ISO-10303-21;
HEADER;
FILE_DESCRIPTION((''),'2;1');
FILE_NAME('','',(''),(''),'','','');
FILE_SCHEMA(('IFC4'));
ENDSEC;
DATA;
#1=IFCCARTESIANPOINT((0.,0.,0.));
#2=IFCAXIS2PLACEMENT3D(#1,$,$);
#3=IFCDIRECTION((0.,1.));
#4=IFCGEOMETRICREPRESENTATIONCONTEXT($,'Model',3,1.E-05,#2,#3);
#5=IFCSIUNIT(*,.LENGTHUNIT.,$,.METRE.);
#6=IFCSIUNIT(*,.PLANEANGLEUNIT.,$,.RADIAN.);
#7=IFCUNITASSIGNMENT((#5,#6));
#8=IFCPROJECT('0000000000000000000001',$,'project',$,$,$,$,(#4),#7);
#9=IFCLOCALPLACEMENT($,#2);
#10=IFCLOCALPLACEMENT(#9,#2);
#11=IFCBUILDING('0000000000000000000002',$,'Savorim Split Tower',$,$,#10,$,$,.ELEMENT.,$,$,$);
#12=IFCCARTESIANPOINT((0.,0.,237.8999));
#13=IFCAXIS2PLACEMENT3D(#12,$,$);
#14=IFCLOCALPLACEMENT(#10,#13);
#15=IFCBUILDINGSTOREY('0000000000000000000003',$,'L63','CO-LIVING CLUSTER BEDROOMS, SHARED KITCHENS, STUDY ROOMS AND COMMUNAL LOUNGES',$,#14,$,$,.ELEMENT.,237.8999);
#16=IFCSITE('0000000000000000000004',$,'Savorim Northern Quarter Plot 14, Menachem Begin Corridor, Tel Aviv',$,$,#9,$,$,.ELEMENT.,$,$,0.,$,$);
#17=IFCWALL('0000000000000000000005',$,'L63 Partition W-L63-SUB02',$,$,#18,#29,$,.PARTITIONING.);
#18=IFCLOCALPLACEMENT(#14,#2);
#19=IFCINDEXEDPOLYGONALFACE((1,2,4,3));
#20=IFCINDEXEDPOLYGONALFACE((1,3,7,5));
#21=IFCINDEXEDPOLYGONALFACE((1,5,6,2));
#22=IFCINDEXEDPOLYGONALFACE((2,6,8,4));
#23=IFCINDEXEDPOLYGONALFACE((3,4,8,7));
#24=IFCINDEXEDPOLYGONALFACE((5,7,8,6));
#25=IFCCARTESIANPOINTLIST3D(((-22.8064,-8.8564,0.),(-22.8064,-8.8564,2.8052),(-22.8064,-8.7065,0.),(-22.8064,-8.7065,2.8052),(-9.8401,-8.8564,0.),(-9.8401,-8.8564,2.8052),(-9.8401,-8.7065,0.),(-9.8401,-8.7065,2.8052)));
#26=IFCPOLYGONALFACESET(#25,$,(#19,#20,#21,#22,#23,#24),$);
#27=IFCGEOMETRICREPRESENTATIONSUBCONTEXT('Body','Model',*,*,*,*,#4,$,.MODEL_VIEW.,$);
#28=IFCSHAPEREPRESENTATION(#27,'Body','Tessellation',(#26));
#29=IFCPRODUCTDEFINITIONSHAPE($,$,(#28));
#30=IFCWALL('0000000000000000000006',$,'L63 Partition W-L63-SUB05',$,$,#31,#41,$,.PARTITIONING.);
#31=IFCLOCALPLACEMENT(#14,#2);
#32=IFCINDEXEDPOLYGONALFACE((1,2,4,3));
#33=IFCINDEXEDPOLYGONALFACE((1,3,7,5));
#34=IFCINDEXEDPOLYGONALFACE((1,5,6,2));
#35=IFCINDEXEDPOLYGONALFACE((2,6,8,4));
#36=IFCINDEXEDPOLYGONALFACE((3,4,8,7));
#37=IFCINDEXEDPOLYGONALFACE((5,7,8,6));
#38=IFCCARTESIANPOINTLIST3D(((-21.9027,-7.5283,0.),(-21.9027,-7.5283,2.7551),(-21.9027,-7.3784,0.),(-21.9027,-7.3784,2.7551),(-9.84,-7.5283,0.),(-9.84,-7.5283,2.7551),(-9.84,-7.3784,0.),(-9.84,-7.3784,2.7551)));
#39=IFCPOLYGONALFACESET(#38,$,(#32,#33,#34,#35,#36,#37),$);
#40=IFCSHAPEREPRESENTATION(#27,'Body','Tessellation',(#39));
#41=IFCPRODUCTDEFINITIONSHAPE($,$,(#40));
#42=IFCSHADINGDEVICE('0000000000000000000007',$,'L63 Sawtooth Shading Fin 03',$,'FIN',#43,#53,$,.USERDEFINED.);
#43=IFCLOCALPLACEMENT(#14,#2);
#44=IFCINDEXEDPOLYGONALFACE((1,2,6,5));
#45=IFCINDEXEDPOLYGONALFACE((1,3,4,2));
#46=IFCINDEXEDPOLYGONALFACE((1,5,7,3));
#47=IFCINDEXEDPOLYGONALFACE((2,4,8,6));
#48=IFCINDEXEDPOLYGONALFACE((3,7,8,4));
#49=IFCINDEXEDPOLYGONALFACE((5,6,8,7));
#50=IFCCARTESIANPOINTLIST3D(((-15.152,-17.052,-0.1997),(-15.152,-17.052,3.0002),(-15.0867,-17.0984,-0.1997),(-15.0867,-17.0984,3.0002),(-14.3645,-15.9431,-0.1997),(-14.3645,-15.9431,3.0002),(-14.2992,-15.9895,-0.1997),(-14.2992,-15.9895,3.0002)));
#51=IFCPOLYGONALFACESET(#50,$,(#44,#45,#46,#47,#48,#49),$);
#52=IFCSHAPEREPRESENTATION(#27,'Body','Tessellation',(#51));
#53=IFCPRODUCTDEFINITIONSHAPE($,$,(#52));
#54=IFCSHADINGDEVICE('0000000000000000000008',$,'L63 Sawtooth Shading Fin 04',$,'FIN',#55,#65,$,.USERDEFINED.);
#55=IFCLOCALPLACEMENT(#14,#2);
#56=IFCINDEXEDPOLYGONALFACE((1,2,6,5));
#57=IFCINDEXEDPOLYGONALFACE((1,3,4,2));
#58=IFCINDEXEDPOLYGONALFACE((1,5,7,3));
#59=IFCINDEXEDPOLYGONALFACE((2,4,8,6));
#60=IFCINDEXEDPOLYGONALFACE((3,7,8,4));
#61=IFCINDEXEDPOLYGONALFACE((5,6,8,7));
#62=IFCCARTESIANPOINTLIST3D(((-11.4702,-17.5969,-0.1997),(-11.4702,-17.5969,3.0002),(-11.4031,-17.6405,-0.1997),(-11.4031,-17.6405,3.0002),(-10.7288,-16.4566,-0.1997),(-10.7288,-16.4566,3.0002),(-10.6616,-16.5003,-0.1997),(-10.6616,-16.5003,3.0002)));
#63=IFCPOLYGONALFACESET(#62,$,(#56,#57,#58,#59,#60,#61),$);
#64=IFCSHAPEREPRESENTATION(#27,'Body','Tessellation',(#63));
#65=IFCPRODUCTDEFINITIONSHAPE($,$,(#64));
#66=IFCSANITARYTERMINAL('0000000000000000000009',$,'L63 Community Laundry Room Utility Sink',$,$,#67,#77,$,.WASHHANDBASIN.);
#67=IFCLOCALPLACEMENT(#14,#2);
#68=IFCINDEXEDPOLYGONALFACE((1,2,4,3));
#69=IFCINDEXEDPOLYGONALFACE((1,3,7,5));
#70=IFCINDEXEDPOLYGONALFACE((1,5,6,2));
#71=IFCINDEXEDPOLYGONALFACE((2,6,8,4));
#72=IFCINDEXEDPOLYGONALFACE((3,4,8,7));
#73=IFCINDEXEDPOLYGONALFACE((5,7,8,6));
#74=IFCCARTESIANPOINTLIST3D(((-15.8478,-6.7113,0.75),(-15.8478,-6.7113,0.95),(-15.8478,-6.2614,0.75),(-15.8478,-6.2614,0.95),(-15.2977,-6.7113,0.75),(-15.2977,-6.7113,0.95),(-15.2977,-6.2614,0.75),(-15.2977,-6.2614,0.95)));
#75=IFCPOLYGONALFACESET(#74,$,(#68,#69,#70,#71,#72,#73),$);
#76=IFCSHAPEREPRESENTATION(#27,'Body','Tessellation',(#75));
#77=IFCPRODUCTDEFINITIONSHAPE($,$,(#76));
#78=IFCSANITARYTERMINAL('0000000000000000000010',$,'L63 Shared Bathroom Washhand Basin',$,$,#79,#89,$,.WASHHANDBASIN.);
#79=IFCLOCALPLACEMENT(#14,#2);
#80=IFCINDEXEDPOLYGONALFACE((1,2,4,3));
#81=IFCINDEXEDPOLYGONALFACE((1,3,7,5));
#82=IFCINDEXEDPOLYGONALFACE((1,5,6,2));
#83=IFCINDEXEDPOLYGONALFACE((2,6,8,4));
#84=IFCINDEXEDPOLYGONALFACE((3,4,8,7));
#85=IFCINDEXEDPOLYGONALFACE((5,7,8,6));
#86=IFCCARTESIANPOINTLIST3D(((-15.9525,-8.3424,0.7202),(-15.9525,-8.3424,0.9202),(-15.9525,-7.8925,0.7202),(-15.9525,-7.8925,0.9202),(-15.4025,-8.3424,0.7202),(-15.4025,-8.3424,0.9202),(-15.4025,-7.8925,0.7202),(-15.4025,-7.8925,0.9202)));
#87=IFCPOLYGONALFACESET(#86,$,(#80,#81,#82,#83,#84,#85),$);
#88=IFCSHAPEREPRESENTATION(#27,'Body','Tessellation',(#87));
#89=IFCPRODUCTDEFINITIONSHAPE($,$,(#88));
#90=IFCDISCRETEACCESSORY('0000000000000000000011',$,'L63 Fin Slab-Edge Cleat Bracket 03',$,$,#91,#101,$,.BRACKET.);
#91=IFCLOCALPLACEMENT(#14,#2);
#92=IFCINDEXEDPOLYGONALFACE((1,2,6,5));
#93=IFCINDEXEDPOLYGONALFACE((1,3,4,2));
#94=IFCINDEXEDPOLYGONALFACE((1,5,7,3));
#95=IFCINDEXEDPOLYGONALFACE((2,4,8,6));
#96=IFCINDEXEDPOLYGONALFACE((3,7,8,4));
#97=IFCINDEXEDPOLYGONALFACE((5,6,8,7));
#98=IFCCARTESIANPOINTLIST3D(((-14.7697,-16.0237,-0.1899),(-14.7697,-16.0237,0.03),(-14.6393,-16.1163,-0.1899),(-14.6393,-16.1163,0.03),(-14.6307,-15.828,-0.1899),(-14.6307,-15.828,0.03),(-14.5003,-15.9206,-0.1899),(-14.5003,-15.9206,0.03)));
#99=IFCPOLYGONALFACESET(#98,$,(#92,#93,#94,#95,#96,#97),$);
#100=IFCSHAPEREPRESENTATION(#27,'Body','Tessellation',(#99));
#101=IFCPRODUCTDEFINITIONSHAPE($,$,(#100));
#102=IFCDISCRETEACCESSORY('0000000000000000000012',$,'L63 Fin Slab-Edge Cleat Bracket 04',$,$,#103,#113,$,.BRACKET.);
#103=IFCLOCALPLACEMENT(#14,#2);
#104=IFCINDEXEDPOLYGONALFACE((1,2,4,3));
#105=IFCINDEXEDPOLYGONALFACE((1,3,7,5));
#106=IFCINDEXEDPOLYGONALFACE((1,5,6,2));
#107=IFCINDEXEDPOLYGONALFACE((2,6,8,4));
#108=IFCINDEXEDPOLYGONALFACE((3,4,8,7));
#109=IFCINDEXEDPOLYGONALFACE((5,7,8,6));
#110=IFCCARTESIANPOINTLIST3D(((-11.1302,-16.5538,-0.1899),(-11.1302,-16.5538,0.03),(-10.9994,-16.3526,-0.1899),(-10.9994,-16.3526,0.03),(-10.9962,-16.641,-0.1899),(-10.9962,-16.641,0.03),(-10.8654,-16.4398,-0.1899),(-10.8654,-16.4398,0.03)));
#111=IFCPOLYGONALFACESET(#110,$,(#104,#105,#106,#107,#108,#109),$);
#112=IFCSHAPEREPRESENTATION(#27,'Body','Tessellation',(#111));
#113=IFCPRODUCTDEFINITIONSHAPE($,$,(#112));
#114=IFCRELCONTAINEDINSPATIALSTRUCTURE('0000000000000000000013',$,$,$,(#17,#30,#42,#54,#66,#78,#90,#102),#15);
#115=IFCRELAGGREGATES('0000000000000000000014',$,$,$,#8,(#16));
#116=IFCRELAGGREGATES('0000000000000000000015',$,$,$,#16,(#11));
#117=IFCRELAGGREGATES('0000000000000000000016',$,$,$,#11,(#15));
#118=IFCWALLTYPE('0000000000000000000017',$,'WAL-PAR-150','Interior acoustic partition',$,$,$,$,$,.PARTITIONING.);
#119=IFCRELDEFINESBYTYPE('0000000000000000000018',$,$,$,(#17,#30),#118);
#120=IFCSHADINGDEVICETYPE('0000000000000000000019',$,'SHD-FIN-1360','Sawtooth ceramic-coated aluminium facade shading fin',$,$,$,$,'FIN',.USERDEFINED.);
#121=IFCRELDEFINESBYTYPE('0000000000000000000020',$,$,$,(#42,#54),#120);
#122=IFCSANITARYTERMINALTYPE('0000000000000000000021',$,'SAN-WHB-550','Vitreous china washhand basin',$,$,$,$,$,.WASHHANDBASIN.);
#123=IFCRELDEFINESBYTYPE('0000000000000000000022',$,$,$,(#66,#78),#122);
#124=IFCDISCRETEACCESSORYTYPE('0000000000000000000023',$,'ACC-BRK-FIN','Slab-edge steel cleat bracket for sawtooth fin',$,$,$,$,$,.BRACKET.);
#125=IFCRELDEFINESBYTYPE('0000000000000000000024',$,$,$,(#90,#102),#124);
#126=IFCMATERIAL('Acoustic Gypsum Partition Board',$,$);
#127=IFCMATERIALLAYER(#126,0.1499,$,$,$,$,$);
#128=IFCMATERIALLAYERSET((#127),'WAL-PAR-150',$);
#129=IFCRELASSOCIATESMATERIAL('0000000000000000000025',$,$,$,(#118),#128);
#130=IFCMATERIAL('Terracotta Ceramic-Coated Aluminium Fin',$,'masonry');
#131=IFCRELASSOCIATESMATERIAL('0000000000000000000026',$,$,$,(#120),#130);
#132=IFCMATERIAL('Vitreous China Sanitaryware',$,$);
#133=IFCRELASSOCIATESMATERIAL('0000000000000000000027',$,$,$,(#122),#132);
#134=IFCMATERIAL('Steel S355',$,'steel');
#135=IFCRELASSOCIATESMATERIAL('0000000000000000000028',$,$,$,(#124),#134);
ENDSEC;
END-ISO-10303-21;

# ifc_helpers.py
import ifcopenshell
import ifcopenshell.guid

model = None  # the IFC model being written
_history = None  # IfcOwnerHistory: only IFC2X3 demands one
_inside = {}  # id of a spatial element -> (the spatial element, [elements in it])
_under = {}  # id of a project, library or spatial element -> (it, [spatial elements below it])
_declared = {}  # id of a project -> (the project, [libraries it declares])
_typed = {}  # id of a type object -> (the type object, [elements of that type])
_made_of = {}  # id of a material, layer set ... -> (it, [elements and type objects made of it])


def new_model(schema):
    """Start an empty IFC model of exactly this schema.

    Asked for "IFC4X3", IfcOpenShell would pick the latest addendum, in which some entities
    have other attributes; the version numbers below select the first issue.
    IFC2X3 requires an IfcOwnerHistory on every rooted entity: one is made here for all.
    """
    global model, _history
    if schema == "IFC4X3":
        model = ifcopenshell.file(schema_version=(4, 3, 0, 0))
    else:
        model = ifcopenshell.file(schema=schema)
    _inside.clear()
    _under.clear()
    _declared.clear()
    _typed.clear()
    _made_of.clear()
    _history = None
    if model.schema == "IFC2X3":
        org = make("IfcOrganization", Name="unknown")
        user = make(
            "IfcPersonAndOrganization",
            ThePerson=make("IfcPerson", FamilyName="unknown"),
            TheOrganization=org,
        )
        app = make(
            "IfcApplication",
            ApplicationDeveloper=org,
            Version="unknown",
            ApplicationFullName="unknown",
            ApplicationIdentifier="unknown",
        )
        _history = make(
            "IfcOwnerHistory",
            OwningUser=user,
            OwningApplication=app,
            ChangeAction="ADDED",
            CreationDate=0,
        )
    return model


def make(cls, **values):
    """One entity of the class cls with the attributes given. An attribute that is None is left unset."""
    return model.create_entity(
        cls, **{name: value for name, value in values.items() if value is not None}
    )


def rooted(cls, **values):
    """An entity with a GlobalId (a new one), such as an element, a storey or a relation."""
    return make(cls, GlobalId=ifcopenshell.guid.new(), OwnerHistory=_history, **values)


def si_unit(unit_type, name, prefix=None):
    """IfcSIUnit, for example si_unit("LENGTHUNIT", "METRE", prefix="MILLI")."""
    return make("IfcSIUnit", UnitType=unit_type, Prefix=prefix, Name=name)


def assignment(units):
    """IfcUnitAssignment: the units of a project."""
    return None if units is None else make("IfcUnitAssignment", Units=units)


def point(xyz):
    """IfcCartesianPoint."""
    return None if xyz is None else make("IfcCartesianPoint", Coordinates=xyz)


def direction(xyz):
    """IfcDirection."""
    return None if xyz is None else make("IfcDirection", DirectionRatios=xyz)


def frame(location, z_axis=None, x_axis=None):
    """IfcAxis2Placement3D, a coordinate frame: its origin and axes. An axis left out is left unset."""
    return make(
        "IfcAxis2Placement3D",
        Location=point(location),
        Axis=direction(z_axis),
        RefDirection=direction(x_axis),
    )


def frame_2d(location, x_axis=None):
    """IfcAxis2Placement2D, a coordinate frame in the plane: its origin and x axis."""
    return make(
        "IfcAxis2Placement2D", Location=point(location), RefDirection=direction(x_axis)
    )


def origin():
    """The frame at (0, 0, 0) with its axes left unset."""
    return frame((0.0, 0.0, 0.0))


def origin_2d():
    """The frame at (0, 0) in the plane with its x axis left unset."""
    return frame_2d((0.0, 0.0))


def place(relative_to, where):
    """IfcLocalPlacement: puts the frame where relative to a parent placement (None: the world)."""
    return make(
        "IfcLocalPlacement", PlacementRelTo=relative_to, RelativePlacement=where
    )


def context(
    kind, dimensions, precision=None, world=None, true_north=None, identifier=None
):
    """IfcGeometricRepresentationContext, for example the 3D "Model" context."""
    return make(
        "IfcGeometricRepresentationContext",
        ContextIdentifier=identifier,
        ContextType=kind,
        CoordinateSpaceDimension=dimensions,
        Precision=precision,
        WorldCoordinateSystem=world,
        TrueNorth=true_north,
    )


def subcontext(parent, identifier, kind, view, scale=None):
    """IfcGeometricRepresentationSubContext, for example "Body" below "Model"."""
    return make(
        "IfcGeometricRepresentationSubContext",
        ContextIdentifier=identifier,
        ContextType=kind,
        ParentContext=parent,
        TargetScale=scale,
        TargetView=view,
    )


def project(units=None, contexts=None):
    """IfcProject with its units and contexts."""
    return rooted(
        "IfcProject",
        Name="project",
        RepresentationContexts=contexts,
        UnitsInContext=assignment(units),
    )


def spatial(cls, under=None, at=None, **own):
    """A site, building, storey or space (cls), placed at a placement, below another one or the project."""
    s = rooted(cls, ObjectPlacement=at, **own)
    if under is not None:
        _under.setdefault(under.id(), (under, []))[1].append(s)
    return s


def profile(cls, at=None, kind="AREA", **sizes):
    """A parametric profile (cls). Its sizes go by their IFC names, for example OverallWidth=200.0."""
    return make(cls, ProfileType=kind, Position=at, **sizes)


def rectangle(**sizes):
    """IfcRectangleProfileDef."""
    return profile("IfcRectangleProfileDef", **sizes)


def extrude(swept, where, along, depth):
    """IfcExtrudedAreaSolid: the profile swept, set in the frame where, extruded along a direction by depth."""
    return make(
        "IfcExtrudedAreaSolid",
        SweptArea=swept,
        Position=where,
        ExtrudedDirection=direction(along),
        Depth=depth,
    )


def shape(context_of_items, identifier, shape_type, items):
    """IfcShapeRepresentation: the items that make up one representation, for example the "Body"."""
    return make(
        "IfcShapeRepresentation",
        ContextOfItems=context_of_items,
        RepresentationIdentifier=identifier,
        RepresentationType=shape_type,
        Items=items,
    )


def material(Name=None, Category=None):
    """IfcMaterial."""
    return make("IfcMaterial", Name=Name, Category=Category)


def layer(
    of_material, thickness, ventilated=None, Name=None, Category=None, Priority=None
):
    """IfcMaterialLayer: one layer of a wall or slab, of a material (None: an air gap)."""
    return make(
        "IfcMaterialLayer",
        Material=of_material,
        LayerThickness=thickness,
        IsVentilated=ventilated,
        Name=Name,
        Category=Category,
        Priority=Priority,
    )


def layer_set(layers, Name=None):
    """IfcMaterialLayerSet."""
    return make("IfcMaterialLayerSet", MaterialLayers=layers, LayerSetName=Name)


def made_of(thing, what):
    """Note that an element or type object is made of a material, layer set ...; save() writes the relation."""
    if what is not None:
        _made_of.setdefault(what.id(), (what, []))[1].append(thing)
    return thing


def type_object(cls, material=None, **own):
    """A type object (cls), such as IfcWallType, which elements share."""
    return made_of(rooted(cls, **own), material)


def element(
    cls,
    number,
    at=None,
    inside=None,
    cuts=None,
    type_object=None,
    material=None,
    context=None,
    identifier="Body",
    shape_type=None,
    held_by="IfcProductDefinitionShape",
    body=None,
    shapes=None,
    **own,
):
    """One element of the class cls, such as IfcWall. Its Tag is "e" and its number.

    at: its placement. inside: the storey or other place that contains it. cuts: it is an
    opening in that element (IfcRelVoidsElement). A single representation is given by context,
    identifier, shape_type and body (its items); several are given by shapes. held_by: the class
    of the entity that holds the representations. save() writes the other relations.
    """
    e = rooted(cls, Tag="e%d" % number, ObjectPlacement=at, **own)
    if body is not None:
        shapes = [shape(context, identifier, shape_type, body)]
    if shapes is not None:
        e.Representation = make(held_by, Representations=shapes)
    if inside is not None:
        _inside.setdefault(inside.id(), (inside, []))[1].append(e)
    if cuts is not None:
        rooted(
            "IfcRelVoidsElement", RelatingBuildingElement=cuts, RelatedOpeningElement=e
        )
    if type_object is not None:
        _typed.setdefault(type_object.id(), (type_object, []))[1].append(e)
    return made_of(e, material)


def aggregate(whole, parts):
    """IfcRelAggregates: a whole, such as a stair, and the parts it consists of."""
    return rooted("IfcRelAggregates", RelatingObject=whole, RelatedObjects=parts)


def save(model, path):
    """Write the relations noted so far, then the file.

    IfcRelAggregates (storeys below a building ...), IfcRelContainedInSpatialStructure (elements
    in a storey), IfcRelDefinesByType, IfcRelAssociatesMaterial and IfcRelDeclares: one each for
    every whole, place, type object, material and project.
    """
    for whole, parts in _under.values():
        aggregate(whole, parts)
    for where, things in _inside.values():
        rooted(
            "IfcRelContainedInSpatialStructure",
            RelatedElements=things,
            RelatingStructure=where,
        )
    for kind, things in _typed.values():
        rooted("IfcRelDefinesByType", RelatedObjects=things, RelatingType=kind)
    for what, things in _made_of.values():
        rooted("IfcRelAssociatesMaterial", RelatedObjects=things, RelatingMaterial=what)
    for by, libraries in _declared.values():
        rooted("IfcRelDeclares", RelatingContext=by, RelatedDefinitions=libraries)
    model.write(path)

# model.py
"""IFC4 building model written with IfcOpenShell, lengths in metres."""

from ifc_helpers import new_model, si_unit, direction, frame, frame_2d, origin, origin_2d, place, context, subcontext, project, spatial, rectangle, extrude, material, layer, layer_set, type_object, element, save


model = new_model("IFC4")

# Units and contexts
model_context = context("Model", 3, precision=1e-05, world=origin(), true_north=direction((0.0, 1.0)))
body_context = subcontext(model_context, "Body", "Model", "MODEL_VIEW")
ifc_project = project(units=[si_unit("LENGTHUNIT", "METRE"), si_unit("PLANEANGLEUNIT", "RADIAN")], contexts=[model_context])

# Site, building, storey
site_placement = place(None, origin())
site = spatial("IfcSite", under=ifc_project, at=site_placement, Name="Savorim Northern Quarter Plot 14, Menachem Begin Corridor, Tel Aviv", CompositionType="ELEMENT", RefElevation=0.0)
building_placement = place(site_placement, origin())
building = spatial("IfcBuilding", under=site, at=building_placement, Name="Savorim Split Tower", CompositionType="ELEMENT")
storey_placement = place(building_placement, frame((0.0, 0.0, 237.8999)))
storey = spatial("IfcBuildingStorey", under=building, at=storey_placement, Name="L63", Description="CO-LIVING CLUSTER BEDROOMS, SHARED KITCHENS, STUDY ROOMS AND COMMUNAL LOUNGES", CompositionType="ELEMENT", Elevation=237.8999)

# Shared definitions
ifc_material_1 = material(Name="Steel S355", Category="steel")

# Shared definitions
ifc_material_2 = material(Name="Acoustic Gypsum Partition Board")
ifc_layer = layer(ifc_material_2, 0.1499)
ifc_layer_set = layer_set([ifc_layer], Name="WAL-PAR-150")
wall_type = type_object("IfcWallType", Name="WAL-PAR-150", Description="Interior acoustic partition", PredefinedType="PARTITIONING", material=ifc_layer_set)

# Walls
wall_1_placement = place(storey_placement, frame((-9.8401, -8.7815, 0.0), z_axis=(0.0, 0.0, 1.0), x_axis=(-1.0, 0.0, 0.0)))
element("IfcWall", 1, at=wall_1_placement, inside=storey, type_object=wall_type, Name="L63 Partition W-L63-SUB02", PredefinedType="PARTITIONING", context=body_context, shape_type="SweptSolid", body=[
    extrude(rectangle(XDim=12.9663, YDim=0.1499, at=frame_2d((6.4832, 0.0))), origin(), (0.0, 0.0, 1.0), 2.8052),
])
wall_2_placement = place(storey_placement, frame((-9.8401, -7.4534, 0.0), z_axis=(0.0, 0.0, 1.0), x_axis=(-1.0, 0.0, 0.0)))
element("IfcWall", 2, at=wall_2_placement, inside=storey, type_object=wall_type, Name="L63 Partition W-L63-SUB05", PredefinedType="PARTITIONING", context=body_context, shape_type="SweptSolid", body=[
    extrude(rectangle(XDim=12.0627, YDim=0.1499, at=frame_2d((6.0312, 0.0))), origin(), (0.0, 0.0, 1.0), 2.7551),
])

# Shading devices
ifc_material_3 = material(Name="Terracotta Ceramic-Coated Aluminium Fin", Category="masonry")
shading_device_type = type_object("IfcShadingDeviceType", Name="SHD-FIN-1360", Description="Sawtooth ceramic-coated aluminium facade shading fin", ElementType="FIN", PredefinedType="USERDEFINED", material=ifc_material_3)
for number, where, z_axis, x_axis, name in (
    (3, (-14.7256, -16.5208, -0.1997), (0.0, 0.0, 1.0), (-0.578994, -0.815332, 0.0), "L63 Sawtooth Shading Fin 03"),
    (4, (-11.0659, -17.0486, -0.1997), (0.0, 0.0, 1.0), (-0.545148, -0.83834, 0.0), "L63 Sawtooth Shading Fin 04"),
):
    element("IfcShadingDevice", number, at=place(storey_placement, frame(where, z_axis=z_axis, x_axis=x_axis)), inside=storey, type_object=shading_device_type, Name=name, ObjectType="FIN", PredefinedType="USERDEFINED", context=body_context, shape_type="SweptSolid", body=[
        extrude(rectangle(XDim=1.3601, YDim=0.0801, at=origin_2d()), origin(), (0.0, 0.0, 1.0), 3.2),
    ])

# Sanitary terminals
ifc_material_4 = material(Name="Vitreous China Sanitaryware")
sanitary_terminal_type = type_object("IfcSanitaryTerminalType", Name="SAN-WHB-550", Description="Vitreous china washhand basin", PredefinedType="WASHHANDBASIN", material=ifc_material_4)
for number, where, z_axis, x_axis, name in (
    (5, (-15.5728, -6.4863, 0.75), (0.0, 0.0, 1.0), (1.0, 0.0, 0.0), "L63 Community Laundry Room Utility Sink"),
    (6, (-15.6775, -8.1174, 0.7202), (0.0, 0.0, 1.0), (1.0, 0.0, 0.0), "L63 Shared Bathroom Washhand Basin"),
):
    element("IfcSanitaryTerminal", number, at=place(storey_placement, frame(where, z_axis=z_axis, x_axis=x_axis)), inside=storey, type_object=sanitary_terminal_type, Name=name, PredefinedType="WASHHANDBASIN", context=body_context, shape_type="SweptSolid", body=[
        extrude(rectangle(XDim=0.55, YDim=0.45, at=origin_2d()), origin(), (0.0, 0.0, 1.0), 0.2),
    ])

# Discrete accessories
discrete_accessory_type = type_object("IfcDiscreteAccessoryType", Name="ACC-BRK-FIN", Description="Slab-edge steel cleat bracket for sawtooth fin", PredefinedType="BRACKET", material=ifc_material_1)
for number, where, z_axis, x_axis, name in (
    (7, (-14.635, -15.9722, -0.1899), (0.0, 0.0, 1.0), (-0.578994, -0.815332, 0.0), "L63 Fin Slab-Edge Cleat Bracket 03"),
    (8, (-10.9978, -16.4968, -0.1899), (0.0, 0.0, 1.0), (-0.545148, -0.83834, 0.0), "L63 Fin Slab-Edge Cleat Bracket 04"),
):
    element("IfcDiscreteAccessory", number, at=place(storey_placement, frame(where, z_axis=z_axis, x_axis=x_axis)), inside=storey, type_object=discrete_accessory_type, Name=name, PredefinedType="BRACKET", context=body_context, shape_type="SweptSolid", body=[
        extrude(rectangle(XDim=0.24, YDim=0.1599, at=origin_2d()), origin(), (0.0, 0.0, 1.0), 0.22),
    ])

save(model, "model.ifc")
